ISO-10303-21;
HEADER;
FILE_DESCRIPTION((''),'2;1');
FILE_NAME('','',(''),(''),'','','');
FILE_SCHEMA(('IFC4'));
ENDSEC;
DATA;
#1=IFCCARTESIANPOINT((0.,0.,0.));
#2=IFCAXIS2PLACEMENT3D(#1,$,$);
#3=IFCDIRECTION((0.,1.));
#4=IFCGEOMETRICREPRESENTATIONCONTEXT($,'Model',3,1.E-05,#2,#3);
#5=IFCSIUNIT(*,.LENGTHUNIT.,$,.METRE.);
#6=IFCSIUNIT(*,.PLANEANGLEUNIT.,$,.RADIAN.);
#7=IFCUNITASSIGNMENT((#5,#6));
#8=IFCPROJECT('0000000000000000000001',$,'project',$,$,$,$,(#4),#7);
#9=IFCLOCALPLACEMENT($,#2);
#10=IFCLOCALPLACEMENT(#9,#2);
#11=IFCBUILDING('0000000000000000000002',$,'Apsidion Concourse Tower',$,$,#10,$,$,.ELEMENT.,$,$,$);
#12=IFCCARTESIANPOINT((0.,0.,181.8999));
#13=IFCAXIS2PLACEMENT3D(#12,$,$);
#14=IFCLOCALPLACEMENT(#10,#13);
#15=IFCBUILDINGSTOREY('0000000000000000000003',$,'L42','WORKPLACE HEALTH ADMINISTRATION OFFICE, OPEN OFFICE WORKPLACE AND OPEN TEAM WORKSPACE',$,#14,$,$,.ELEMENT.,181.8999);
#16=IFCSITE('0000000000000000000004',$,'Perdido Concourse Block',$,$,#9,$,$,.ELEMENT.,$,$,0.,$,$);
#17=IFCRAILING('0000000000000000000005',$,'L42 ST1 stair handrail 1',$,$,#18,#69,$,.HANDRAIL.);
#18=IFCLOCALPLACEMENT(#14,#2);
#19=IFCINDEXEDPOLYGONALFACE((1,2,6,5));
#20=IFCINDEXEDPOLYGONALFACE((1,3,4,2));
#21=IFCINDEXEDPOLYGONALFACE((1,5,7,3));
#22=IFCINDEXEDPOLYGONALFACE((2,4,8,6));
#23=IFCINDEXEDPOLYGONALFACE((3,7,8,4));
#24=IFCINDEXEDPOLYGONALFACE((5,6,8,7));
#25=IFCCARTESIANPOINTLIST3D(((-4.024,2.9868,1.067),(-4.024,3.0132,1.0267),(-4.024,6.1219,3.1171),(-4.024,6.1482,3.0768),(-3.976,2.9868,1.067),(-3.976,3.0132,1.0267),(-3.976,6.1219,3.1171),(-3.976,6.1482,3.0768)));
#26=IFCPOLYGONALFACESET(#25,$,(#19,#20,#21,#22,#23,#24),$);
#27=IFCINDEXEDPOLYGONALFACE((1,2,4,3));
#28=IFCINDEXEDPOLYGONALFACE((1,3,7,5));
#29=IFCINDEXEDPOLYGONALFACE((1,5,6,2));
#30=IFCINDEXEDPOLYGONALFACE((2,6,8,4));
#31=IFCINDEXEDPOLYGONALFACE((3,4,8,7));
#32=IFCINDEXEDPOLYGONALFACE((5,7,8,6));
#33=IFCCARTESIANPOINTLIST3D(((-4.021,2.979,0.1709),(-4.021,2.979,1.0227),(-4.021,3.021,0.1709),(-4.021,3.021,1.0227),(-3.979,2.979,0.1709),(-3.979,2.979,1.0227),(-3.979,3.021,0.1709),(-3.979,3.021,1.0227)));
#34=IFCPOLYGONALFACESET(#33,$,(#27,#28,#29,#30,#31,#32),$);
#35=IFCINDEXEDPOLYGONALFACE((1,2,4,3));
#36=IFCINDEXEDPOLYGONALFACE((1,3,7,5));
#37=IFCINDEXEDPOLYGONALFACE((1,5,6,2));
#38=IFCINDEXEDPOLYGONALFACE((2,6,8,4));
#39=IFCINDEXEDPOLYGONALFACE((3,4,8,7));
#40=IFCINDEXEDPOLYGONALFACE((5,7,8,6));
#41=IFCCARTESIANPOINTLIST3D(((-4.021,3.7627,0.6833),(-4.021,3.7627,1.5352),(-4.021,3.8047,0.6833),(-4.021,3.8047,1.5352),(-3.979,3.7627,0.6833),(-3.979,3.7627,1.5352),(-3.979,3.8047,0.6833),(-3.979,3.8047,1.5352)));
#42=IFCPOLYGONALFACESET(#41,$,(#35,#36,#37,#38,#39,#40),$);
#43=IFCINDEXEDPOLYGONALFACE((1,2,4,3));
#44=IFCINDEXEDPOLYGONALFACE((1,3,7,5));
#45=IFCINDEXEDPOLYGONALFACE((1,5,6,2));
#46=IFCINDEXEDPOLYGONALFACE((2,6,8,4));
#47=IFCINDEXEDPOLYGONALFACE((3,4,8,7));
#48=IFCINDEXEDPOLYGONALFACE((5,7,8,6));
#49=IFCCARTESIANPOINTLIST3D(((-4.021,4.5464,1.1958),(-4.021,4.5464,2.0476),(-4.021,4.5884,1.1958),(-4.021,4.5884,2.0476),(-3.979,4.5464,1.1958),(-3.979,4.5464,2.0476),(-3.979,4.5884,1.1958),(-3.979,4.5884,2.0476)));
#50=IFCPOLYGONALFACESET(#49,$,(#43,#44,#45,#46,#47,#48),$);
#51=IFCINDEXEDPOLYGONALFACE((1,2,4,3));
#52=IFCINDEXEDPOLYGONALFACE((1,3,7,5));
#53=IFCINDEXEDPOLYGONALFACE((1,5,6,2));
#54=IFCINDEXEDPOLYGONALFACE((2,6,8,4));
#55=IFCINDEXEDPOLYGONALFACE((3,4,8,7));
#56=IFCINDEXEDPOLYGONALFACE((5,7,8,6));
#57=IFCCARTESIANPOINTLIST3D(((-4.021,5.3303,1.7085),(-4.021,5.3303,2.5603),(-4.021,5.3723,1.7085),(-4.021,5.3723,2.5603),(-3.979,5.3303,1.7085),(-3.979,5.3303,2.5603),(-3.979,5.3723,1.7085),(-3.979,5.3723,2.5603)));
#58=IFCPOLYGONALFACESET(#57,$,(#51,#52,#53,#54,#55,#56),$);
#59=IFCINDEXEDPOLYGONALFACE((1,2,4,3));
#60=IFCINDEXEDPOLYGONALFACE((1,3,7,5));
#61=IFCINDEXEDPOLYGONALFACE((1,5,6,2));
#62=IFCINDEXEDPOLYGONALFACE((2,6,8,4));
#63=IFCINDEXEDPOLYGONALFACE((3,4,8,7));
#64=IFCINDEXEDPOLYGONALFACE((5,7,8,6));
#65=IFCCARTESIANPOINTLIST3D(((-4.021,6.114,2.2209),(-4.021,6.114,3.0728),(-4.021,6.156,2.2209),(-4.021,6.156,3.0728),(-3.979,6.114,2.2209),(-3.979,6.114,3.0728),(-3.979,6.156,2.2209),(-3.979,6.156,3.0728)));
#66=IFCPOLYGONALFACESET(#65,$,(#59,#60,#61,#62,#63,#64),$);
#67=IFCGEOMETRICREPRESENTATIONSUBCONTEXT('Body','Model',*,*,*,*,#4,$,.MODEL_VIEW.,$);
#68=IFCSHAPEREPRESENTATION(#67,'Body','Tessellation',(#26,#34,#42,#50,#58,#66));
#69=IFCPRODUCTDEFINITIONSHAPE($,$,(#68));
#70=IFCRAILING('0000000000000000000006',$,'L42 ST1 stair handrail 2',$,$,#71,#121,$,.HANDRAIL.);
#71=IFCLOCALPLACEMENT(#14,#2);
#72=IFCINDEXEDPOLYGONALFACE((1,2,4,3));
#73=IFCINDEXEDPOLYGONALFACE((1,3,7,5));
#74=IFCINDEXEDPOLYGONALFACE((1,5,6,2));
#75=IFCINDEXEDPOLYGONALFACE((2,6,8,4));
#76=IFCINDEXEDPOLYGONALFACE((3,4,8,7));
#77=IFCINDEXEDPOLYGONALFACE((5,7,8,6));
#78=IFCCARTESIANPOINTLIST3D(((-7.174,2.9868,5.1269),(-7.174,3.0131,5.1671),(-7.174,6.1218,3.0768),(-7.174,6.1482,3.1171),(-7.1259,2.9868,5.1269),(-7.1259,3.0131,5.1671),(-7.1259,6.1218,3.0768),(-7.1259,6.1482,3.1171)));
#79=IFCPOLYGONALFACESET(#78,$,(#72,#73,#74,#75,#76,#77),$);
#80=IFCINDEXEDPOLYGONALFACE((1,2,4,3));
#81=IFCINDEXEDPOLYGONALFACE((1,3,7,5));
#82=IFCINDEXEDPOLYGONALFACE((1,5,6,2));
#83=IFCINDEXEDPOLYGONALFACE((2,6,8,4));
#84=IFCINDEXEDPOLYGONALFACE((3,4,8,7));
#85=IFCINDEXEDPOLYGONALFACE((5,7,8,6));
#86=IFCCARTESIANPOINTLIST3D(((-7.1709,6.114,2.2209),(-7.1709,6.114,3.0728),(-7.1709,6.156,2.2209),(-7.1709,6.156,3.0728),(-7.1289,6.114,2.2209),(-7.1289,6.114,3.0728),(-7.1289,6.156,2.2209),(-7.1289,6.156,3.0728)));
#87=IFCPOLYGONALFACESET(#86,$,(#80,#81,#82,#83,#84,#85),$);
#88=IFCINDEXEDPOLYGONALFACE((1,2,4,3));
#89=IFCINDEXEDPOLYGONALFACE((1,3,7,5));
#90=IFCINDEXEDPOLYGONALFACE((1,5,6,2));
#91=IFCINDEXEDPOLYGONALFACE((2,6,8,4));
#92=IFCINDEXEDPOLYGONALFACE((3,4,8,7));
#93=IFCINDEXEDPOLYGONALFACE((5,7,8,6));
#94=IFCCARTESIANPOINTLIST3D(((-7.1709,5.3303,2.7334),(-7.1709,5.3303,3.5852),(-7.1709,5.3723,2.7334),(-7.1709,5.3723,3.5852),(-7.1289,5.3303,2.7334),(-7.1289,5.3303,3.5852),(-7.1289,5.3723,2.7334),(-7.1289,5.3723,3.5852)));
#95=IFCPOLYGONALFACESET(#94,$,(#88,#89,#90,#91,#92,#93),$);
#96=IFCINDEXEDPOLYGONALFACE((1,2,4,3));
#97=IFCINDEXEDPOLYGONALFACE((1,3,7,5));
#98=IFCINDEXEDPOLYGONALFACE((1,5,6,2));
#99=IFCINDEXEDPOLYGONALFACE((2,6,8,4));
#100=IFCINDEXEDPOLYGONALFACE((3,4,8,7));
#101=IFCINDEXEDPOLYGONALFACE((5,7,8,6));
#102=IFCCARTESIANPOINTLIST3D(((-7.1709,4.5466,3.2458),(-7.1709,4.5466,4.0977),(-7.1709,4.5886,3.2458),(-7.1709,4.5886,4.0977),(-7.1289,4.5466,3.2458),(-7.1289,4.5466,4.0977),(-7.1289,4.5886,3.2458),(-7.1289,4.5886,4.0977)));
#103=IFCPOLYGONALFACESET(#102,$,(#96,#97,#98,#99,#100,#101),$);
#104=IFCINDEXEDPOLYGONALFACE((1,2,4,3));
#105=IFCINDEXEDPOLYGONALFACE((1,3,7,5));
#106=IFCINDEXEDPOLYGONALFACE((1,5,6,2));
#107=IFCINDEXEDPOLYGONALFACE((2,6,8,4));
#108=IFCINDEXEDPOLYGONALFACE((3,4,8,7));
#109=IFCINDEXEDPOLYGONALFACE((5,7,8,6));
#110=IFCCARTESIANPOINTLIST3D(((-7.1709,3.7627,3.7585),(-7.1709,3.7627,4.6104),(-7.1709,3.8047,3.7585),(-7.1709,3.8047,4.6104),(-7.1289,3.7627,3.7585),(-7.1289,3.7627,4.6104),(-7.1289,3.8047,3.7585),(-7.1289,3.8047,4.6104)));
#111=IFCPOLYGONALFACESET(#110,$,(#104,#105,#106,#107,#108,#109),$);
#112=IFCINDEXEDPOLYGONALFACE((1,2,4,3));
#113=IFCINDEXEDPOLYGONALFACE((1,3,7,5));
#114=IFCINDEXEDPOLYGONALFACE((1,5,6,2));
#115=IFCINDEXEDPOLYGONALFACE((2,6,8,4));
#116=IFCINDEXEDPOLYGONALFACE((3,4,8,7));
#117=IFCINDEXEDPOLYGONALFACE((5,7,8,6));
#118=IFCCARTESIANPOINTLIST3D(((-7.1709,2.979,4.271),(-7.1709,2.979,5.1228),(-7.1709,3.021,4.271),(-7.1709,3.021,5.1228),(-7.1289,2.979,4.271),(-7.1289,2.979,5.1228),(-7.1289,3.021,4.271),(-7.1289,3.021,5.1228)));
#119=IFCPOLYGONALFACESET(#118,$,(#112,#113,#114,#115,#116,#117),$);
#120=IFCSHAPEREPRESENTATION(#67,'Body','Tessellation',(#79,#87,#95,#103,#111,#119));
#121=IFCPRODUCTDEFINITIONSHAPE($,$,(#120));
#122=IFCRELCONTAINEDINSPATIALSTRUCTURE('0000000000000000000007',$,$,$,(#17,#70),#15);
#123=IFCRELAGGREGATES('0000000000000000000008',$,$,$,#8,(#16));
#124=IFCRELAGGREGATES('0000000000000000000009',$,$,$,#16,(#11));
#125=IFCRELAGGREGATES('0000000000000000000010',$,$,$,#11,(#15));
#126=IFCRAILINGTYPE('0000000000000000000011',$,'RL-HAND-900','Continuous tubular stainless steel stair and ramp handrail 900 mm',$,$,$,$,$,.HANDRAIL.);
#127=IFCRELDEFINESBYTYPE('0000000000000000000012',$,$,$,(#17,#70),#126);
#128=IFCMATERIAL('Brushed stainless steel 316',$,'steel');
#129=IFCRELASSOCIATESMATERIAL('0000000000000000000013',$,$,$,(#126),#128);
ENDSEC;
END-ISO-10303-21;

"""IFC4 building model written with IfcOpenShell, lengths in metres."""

from ifc_helpers import new_model, si_unit, direction, frame, origin, origin_2d, place, context, subcontext, project, spatial, rectangle, extrude, material, type_object, element, save


model = new_model("IFC4")

# Units and contexts
model_context = context("Model", 3, precision=1e-05, world=origin(), true_north=direction((0.0, 1.0)))
body_context = subcontext(model_context, "Body", "Model", "MODEL_VIEW")
ifc_project = project(units=[si_unit("LENGTHUNIT", "METRE"), si_unit("PLANEANGLEUNIT", "RADIAN")], contexts=[model_context])

# Site, building, storey
site_placement = place(None, origin())
site = spatial("IfcSite", under=ifc_project, at=site_placement, Name="Perdido Concourse Block", CompositionType="ELEMENT", RefElevation=0.0)
building_placement = place(site_placement, origin())
building = spatial("IfcBuilding", under=site, at=building_placement, Name="Apsidion Concourse Tower", CompositionType="ELEMENT")
storey_placement = place(building_placement, frame((0.0, 0.0, 181.8999)))
storey = spatial("IfcBuildingStorey", under=building, at=storey_placement, Name="L42", Description="WORKPLACE HEALTH ADMINISTRATION OFFICE, OPEN OFFICE WORKPLACE AND OPEN TEAM WORKSPACE", CompositionType="ELEMENT", Elevation=181.8999)

# Shared definitions
ifc_material_1 = material(Name="Brushed stainless steel 316", Category="steel")

# Railings
railing_type_1 = type_object("IfcRailingType", Name="RL-HAND-900", Description="Continuous tubular stainless steel stair and ramp handrail 900 mm", PredefinedType="HANDRAIL", material=ifc_material_1)
railing_1_placement = place(storey_placement, frame((-4.0, 3.0, 0.1709)))
element("IfcRailing", 1, at=railing_1_placement, inside=storey, type_object=railing_type_1, Name="L42 ST1 stair handrail 1", PredefinedType="HANDRAIL", context=body_context, shape_type="SweptSolid", body=[
    extrude(rectangle(XDim=0.0481, YDim=0.0481, at=origin_2d()), frame((0.0, 0.0, 0.876), z_axis=(0.0, 0.836941, 0.547293), x_axis=(-1.0, 0.0, 0.0)), (0.0, 0.0, 1.0), 3.7458),
    extrude(rectangle(XDim=0.042, YDim=0.042, at=origin_2d()), origin(), (0.0, 0.0, 1.0), 0.8518),
    extrude(rectangle(XDim=0.042, YDim=0.042, at=origin_2d()), frame((0.0, 0.7837, 0.5125)), (0.0, 0.0, 1.0), 0.8518),
    extrude(rectangle(XDim=0.042, YDim=0.042, at=origin_2d()), frame((0.0, 1.5674, 1.0249)), (0.0, 0.0, 1.0), 0.8518),
    extrude(rectangle(XDim=0.042, YDim=0.042, at=origin_2d()), frame((0.0, 2.3513, 1.5376)), (0.0, 0.0, 1.0), 0.8518),
    extrude(rectangle(XDim=0.042, YDim=0.042, at=origin_2d()), frame((0.0, 3.135, 2.05)), (0.0, 0.0, 1.0), 0.8518),
])
railing_2_placement = place(storey_placement, frame((-7.1499, 6.135, 2.2209)))
element("IfcRailing", 2, at=railing_2_placement, inside=storey, type_object=railing_type_1, Name="L42 ST1 stair handrail 2", PredefinedType="HANDRAIL", context=body_context, shape_type="SweptSolid", body=[
    extrude(rectangle(XDim=0.0481, YDim=0.0481, at=origin_2d()), frame((0.0, 0.0, 0.876), z_axis=(0.0, -0.836941, 0.547293), x_axis=(1.0, 0.0, 0.0)), (0.0, 0.0, 1.0), 3.7458),
    extrude(rectangle(XDim=0.042, YDim=0.042, at=origin_2d()), origin(), (0.0, 0.0, 1.0), 0.8518),
    extrude(rectangle(XDim=0.042, YDim=0.042, at=origin_2d()), frame((0.0, -0.7837, 0.5125)), (0.0, 0.0, 1.0), 0.8518),
    extrude(rectangle(XDim=0.042, YDim=0.042, at=origin_2d()), frame((0.0, -1.5674, 1.0249)), (0.0, 0.0, 1.0), 0.8518),
    extrude(rectangle(XDim=0.042, YDim=0.042, at=origin_2d()), frame((0.0, -2.3513, 1.5376)), (0.0, 0.0, 1.0), 0.8518),
    extrude(rectangle(XDim=0.042, YDim=0.042, at=origin_2d()), frame((0.0, -3.135, 2.05)), (0.0, 0.0, 1.0), 0.8518),
])

save(model, "model.ifc")
